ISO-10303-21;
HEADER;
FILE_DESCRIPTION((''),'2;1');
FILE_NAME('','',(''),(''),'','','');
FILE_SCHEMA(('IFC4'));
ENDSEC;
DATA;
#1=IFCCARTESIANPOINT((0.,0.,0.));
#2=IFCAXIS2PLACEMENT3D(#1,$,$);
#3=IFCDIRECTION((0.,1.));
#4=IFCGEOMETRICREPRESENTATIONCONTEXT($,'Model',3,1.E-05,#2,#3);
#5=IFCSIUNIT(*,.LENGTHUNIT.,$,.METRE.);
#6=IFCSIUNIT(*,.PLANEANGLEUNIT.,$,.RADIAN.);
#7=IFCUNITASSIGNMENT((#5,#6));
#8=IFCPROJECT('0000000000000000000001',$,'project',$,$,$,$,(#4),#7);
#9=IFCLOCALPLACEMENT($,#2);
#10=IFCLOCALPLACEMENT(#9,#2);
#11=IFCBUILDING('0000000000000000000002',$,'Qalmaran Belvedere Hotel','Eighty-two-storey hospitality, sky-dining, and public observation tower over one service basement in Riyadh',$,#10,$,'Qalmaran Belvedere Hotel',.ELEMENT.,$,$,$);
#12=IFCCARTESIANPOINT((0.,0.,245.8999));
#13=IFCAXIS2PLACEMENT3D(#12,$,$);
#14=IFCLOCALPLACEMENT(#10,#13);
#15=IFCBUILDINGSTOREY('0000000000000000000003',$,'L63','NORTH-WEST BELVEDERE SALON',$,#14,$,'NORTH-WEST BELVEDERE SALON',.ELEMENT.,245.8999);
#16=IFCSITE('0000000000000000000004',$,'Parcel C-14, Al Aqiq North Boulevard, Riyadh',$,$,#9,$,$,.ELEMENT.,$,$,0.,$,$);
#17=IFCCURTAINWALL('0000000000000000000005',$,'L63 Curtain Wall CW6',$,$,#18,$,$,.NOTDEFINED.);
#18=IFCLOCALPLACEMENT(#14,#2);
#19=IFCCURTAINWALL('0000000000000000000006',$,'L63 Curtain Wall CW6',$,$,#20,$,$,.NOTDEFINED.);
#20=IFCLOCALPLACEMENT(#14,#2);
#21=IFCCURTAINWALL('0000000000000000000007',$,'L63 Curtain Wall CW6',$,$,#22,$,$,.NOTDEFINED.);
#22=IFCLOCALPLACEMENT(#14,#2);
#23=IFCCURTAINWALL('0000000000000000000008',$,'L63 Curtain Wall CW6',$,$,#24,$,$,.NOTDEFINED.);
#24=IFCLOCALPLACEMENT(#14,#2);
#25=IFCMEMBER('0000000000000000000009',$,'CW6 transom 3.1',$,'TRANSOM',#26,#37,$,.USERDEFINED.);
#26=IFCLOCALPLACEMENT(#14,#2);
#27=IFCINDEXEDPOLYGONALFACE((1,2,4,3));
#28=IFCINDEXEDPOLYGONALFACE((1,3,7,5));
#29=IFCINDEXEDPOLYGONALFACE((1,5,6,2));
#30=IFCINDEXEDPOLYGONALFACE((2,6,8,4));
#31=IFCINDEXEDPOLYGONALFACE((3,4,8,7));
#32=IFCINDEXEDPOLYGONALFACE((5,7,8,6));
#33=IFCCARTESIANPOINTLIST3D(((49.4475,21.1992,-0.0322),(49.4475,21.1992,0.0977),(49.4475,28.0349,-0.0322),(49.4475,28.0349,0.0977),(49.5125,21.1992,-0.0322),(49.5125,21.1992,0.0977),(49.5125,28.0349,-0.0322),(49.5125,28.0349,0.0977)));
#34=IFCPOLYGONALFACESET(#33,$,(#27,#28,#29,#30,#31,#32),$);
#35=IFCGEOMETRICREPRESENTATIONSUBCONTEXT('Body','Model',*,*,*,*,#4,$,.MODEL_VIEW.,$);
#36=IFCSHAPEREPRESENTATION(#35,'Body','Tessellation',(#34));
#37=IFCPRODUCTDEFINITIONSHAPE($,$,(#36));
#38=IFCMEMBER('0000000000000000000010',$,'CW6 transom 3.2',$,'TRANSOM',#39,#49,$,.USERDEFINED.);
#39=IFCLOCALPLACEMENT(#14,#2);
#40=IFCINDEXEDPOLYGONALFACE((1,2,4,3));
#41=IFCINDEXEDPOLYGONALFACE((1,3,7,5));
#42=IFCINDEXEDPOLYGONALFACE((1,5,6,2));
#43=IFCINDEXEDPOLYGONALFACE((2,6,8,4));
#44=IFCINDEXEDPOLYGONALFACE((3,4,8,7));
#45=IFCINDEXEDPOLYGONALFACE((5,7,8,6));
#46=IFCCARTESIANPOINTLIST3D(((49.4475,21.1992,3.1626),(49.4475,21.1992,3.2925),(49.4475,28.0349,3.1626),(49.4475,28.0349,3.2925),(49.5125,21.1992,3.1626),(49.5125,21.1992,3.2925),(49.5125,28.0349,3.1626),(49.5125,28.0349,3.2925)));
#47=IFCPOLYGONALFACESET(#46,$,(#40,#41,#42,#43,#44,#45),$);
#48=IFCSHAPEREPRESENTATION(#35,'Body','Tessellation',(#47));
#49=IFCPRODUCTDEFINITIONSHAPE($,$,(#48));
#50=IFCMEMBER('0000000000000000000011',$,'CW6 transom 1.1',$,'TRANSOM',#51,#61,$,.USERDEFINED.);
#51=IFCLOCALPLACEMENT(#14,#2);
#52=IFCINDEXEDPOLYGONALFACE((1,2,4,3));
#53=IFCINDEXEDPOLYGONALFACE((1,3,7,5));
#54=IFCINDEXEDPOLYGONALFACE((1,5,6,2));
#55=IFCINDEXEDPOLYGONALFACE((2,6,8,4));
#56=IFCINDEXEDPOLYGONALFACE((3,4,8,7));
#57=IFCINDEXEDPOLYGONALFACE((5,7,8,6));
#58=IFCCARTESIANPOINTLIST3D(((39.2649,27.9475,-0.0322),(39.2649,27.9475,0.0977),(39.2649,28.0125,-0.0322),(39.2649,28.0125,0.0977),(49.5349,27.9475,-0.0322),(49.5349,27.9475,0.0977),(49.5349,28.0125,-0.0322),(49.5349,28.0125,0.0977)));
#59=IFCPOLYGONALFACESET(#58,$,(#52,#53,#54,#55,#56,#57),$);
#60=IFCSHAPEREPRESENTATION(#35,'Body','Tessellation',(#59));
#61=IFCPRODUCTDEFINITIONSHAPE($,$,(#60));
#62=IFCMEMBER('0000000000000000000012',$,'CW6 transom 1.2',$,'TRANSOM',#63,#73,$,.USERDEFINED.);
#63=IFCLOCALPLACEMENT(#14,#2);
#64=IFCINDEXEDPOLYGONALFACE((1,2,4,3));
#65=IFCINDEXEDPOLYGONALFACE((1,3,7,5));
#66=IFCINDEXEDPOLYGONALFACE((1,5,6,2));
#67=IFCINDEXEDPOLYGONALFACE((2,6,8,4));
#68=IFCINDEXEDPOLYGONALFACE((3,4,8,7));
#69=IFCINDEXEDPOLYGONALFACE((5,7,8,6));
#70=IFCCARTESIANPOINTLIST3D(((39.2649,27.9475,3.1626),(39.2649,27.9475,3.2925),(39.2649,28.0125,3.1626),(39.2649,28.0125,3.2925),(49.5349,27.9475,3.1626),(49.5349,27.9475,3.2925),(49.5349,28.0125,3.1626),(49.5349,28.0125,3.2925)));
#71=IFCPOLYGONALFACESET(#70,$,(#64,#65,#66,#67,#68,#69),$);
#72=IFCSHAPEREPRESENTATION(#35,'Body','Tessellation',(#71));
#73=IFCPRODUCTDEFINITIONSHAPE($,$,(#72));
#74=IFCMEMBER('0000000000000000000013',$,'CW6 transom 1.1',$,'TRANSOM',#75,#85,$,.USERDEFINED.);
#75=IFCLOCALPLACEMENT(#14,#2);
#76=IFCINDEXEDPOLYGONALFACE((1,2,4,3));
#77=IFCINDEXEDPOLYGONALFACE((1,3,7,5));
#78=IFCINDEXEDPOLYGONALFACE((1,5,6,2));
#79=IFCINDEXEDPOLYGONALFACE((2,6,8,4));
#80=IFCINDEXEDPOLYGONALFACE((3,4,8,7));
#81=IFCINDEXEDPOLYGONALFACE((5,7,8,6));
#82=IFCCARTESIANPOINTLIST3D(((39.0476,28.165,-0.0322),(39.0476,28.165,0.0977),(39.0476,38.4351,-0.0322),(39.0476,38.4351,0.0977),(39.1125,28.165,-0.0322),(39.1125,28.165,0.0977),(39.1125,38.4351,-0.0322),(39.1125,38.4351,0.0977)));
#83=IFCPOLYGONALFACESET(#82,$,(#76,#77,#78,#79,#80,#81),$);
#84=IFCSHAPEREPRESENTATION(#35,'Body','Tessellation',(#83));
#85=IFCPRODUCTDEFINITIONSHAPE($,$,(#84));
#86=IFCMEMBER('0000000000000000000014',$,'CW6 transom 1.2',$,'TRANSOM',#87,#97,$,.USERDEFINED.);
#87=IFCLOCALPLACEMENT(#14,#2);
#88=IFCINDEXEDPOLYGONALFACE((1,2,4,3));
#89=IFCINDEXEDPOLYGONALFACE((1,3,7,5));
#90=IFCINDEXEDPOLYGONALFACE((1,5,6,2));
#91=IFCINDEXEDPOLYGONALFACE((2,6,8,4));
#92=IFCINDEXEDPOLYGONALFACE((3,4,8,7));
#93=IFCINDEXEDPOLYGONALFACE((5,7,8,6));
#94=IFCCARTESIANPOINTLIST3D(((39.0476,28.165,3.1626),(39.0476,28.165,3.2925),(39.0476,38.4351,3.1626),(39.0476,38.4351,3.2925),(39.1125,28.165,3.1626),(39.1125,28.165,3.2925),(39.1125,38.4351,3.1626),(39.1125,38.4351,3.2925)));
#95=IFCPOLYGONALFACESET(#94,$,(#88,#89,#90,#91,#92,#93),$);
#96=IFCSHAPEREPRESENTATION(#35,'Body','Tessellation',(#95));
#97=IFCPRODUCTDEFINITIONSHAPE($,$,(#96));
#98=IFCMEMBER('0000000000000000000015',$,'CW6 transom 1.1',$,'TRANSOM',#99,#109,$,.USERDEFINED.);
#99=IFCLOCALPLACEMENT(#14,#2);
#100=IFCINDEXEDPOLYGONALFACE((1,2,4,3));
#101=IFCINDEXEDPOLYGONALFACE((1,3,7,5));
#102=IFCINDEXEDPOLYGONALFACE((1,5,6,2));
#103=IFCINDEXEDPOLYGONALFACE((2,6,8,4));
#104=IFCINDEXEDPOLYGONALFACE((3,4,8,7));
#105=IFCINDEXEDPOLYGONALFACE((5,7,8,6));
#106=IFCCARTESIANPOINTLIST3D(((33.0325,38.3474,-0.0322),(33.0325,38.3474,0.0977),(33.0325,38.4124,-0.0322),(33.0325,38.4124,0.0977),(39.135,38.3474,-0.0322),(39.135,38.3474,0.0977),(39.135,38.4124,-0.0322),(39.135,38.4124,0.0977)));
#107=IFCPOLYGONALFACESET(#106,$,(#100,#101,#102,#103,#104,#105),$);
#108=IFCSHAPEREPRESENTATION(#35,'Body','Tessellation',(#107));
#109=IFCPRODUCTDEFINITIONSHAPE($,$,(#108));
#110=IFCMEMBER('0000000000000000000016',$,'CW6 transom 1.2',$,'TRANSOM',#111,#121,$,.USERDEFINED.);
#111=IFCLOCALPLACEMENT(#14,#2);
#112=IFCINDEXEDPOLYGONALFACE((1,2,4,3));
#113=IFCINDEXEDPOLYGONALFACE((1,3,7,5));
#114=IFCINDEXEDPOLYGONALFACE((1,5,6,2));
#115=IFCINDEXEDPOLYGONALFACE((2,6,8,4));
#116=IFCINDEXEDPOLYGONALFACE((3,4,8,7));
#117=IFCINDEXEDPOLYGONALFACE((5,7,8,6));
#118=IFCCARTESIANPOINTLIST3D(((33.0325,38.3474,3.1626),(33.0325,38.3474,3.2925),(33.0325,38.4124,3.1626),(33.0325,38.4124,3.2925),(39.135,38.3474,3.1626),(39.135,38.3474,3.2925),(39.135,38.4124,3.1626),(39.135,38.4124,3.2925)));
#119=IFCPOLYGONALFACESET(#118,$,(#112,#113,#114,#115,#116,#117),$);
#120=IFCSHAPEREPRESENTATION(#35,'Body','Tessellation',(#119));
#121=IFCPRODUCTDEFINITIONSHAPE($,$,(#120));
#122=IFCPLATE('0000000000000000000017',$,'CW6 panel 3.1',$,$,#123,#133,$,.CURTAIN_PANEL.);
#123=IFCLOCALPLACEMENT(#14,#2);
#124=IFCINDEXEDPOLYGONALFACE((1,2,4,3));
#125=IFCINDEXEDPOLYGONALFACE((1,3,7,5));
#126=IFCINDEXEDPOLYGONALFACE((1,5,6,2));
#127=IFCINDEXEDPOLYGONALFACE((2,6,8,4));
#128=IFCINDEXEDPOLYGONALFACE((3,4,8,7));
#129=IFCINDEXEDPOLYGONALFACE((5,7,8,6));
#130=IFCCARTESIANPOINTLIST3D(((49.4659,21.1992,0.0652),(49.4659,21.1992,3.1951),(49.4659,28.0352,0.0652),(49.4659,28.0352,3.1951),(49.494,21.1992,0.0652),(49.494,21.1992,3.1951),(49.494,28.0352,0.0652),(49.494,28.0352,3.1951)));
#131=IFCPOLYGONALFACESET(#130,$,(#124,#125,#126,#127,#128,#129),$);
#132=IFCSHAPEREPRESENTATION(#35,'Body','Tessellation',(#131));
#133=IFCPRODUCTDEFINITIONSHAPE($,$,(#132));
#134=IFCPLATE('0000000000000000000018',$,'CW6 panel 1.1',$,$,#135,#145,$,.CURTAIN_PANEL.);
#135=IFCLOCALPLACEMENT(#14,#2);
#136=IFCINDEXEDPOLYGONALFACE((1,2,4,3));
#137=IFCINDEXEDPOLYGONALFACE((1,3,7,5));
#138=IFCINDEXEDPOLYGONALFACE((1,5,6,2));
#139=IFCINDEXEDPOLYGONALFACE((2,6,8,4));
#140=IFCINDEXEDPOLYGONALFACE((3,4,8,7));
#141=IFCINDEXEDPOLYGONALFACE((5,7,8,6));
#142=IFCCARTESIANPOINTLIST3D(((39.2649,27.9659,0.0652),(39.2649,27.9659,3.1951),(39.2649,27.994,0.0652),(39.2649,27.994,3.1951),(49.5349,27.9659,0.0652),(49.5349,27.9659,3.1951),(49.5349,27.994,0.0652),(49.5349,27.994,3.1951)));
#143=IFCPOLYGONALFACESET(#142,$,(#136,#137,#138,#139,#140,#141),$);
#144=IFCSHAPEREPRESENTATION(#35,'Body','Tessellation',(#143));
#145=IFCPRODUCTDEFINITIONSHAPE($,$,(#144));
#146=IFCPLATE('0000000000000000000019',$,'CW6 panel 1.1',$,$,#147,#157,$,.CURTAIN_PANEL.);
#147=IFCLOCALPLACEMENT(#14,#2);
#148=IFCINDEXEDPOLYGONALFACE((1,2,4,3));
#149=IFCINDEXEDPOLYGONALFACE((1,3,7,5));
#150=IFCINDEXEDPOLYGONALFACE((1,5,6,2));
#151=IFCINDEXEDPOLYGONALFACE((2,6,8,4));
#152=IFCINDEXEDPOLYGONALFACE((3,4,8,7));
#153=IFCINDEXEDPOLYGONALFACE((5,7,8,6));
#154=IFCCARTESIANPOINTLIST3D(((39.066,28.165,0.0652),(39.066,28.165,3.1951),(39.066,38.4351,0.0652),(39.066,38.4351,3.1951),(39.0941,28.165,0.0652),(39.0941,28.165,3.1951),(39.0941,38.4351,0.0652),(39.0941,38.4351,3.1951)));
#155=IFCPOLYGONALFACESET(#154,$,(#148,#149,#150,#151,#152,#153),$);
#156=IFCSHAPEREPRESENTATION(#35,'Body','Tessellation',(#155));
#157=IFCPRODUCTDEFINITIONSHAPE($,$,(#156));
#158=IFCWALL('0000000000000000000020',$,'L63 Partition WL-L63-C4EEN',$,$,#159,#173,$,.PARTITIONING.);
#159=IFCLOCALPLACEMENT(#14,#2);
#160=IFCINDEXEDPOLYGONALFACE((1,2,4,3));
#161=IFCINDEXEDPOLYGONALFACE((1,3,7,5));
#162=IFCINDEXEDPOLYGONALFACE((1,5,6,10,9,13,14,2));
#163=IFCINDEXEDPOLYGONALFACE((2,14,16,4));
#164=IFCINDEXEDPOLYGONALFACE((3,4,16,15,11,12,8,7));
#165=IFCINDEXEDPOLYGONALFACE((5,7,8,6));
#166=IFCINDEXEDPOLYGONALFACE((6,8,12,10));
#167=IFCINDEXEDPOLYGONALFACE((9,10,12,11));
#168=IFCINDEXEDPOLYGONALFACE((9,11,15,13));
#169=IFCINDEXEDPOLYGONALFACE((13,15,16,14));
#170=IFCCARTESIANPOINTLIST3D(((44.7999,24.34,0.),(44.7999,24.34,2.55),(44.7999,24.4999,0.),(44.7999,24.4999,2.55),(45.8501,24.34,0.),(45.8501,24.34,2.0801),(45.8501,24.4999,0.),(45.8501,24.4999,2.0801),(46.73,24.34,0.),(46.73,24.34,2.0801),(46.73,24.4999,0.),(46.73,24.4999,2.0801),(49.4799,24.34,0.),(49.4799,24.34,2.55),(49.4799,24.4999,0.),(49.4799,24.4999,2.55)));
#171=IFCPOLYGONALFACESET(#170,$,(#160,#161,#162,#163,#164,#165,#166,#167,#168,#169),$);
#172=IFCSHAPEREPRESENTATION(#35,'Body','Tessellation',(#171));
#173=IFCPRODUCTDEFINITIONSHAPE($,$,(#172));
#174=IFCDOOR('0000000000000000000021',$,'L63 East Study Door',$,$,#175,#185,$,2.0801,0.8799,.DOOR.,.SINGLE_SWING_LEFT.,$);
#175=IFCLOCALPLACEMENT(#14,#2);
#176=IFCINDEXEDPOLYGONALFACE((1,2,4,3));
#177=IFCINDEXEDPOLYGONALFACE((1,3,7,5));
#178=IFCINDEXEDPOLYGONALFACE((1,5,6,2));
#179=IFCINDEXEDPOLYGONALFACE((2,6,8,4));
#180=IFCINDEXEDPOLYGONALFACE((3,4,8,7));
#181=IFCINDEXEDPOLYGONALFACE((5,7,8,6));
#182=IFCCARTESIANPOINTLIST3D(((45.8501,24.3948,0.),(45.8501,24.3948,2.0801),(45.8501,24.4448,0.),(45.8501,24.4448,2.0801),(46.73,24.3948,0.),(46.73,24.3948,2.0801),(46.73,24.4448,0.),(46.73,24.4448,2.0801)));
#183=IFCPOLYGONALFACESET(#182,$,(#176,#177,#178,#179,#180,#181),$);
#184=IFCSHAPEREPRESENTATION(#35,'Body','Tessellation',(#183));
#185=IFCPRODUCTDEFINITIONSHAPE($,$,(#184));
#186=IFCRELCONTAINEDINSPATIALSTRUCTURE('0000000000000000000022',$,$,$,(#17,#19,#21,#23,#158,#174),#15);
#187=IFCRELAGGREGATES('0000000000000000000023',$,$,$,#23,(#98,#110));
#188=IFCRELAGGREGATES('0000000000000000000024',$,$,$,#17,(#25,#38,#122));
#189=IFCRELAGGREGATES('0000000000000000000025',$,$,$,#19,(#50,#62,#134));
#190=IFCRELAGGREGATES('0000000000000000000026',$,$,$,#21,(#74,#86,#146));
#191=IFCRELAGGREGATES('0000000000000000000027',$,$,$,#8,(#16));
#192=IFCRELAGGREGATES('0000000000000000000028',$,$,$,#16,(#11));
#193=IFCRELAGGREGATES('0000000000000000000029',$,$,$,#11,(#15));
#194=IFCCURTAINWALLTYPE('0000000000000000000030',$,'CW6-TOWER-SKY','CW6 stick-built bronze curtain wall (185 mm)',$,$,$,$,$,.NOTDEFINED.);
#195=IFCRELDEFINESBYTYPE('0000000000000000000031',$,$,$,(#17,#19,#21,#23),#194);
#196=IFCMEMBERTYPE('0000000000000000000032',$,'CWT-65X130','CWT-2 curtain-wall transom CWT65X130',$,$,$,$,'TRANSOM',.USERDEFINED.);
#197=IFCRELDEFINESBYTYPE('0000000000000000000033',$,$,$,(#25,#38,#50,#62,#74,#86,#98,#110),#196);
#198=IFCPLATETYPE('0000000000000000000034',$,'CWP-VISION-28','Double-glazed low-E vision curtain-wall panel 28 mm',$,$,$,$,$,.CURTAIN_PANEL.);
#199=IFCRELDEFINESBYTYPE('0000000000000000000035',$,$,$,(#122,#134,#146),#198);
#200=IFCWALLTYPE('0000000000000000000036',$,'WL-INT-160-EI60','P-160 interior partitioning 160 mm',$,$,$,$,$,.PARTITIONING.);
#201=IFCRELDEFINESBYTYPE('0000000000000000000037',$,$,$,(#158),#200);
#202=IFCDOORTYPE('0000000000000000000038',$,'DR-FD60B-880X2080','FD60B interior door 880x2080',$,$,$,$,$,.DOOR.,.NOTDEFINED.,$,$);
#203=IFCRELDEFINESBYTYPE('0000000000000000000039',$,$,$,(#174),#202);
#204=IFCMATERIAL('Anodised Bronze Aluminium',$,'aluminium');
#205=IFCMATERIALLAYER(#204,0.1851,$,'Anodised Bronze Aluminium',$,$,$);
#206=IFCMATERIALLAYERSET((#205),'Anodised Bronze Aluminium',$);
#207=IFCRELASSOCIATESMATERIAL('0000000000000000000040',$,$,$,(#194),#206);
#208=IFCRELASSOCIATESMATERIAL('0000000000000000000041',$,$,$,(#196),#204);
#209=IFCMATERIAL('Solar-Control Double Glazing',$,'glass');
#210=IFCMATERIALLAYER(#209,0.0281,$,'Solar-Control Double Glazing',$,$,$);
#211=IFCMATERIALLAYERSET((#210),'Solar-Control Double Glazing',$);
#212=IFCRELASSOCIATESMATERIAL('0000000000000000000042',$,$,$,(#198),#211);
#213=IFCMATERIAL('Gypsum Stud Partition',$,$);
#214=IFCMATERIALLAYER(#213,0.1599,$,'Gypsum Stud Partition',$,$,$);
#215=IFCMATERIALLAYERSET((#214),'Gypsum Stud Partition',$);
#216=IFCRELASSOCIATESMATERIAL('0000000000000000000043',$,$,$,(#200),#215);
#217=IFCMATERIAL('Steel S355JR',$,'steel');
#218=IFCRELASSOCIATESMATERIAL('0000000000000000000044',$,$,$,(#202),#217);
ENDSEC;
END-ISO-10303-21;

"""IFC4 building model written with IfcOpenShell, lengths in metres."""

from ifc_helpers import new_model, si_unit, direction, frame, frame_2d, origin, origin_2d, place, context, subcontext, project, spatial, rectangle, extrude, material, layer, layer_set, material_profile, profile_set, type_object, element, fill, aggregate, save


model = new_model("IFC4")

# Units and contexts
model_context = context("Model", 3, precision=1e-05, world=origin(), true_north=direction((0.0, 1.0)))
body_context = subcontext(model_context, "Body", "Model", "MODEL_VIEW")
ifc_project = project(units=[si_unit("LENGTHUNIT", "METRE"), si_unit("PLANEANGLEUNIT", "RADIAN")], contexts=[model_context])

# Site, building, storey
site_placement = place(None, origin())
site = spatial("IfcSite", under=ifc_project, at=site_placement, Name="Parcel C-14, Al Aqiq North Boulevard, Riyadh", CompositionType="ELEMENT", RefElevation=0.0)
building_placement = place(site_placement, origin())
building = spatial("IfcBuilding", under=site, at=building_placement, Name="Qalmaran Belvedere Hotel", Description="Eighty-two-storey hospitality, sky-dining, and public observation tower over one service basement in Riyadh", LongName="Qalmaran Belvedere Hotel", CompositionType="ELEMENT")
storey_placement = place(building_placement, frame((0.0, 0.0, 245.8999)))
storey = spatial("IfcBuildingStorey", under=building, at=storey_placement, Name="L63", Description="NORTH-WEST BELVEDERE SALON", LongName="NORTH-WEST BELVEDERE SALON", CompositionType="ELEMENT", Elevation=245.8999)

# Shared definitions
ifc_material_1 = material(Name="Steel S355JR", Category="steel")

# Curtain walls
ifc_material_2 = material(Name="Anodised Bronze Aluminium", Category="aluminium")
ifc_layer_1 = layer(ifc_material_2, 0.1851, Name="Anodised Bronze Aluminium")
ifc_layer_set_1 = layer_set([ifc_layer_1], Name="Anodised Bronze Aluminium")
curtain_wall_type = type_object("IfcCurtainWallType", Name="CW6-TOWER-SKY", Description="CW6 stick-built bronze curtain wall (185 mm)", PredefinedType="NOTDEFINED", material=ifc_layer_set_1)
curtain_wall_1_placement = place(storey_placement, origin())
curtain_wall_1 = element("IfcCurtainWall", 1, at=curtain_wall_1_placement, inside=storey, type_object=curtain_wall_type, Name="L63 Curtain Wall CW6", PredefinedType="NOTDEFINED")
curtain_wall_2_placement = place(storey_placement, origin())
curtain_wall_2 = element("IfcCurtainWall", 2, at=curtain_wall_2_placement, inside=storey, type_object=curtain_wall_type, Name="L63 Curtain Wall CW6", PredefinedType="NOTDEFINED")
curtain_wall_3_placement = place(storey_placement, origin())
curtain_wall_3 = element("IfcCurtainWall", 3, at=curtain_wall_3_placement, inside=storey, type_object=curtain_wall_type, Name="L63 Curtain Wall CW6", PredefinedType="NOTDEFINED")

# Curtain wall
curtain_wall_4_placement = place(storey_placement, origin())
curtain_wall_4 = element("IfcCurtainWall", 4, at=curtain_wall_4_placement, inside=storey, type_object=curtain_wall_type, Name="L63 Curtain Wall CW6", PredefinedType="NOTDEFINED")

# Members
ifc_material_profile_1 = material_profile(ifc_material_2, rectangle(XDim=0.0649, YDim=0.1299, at=origin_2d()), Name="CWT65X130")
ifc_profile_set_1 = profile_set([ifc_material_profile_1], Name="Anodised Bronze Aluminium")
member_type_1 = type_object("IfcMemberType", Name="CWT-65X130", Description="CWT-2 curtain-wall transom CWT65X130", ElementType="TRANSOM", PredefinedType="USERDEFINED", material=ifc_profile_set_1)
member_1_placement = place(storey_placement, frame((49.48, 21.1992, 0.0327), z_axis=(0.0, 1.0, 0.0), x_axis=(-1.0, 0.0, 0.0)))
member_1 = element("IfcMember", 5, at=member_1_placement, type_object=member_type_1, Name="CW6 transom 3.1", ObjectType="TRANSOM", PredefinedType="USERDEFINED", context=body_context, shape_type="SweptSolid", body=[
    extrude(rectangle(XDim=0.0649, YDim=0.1299, at=origin_2d()), origin(), (0.0, 0.0, 1.0), 6.8357),
])
member_2_placement = place(storey_placement, frame((49.48, 21.1992, 3.2275), z_axis=(0.0, 1.0, 0.0), x_axis=(-1.0, 0.0, 0.0)))
member_2 = element("IfcMember", 6, at=member_2_placement, type_object=member_type_1, Name="CW6 transom 3.2", ObjectType="TRANSOM", PredefinedType="USERDEFINED", context=body_context, shape_type="SweptSolid", body=[
    extrude(rectangle(XDim=0.0649, YDim=0.1299, at=origin_2d()), origin(), (0.0, 0.0, 1.0), 6.8357),
])
member_3_placement = place(storey_placement, frame((49.5349, 27.98, 0.0327), z_axis=(-1.0, 0.0, 0.0), x_axis=(0.0, -1.0, 0.0)))
member_3 = element("IfcMember", 7, at=member_3_placement, type_object=member_type_1, Name="CW6 transom 1.1", ObjectType="TRANSOM", PredefinedType="USERDEFINED", context=body_context, shape_type="SweptSolid", body=[
    extrude(rectangle(XDim=0.0649, YDim=0.1299, at=origin_2d()), origin(), (0.0, 0.0, 1.0), 10.27),
])
member_4_placement = place(storey_placement, frame((49.5349, 27.98, 3.2275), z_axis=(-1.0, 0.0, 0.0), x_axis=(0.0, -1.0, 0.0)))
member_4 = element("IfcMember", 8, at=member_4_placement, type_object=member_type_1, Name="CW6 transom 1.2", ObjectType="TRANSOM", PredefinedType="USERDEFINED", context=body_context, shape_type="SweptSolid", body=[
    extrude(rectangle(XDim=0.0649, YDim=0.1299, at=origin_2d()), origin(), (0.0, 0.0, 1.0), 10.27),
])
member_5_placement = place(storey_placement, frame((39.0801, 28.165, 0.0327), z_axis=(0.0, 1.0, 0.0), x_axis=(-1.0, 0.0, 0.0)))
member_5 = element("IfcMember", 9, at=member_5_placement, type_object=member_type_1, Name="CW6 transom 1.1", ObjectType="TRANSOM", PredefinedType="USERDEFINED", context=body_context, shape_type="SweptSolid", body=[
    extrude(rectangle(XDim=0.0649, YDim=0.1299, at=origin_2d()), origin(), (0.0, 0.0, 1.0), 10.27),
])
member_6_placement = place(storey_placement, frame((39.0801, 28.165, 3.2275), z_axis=(0.0, 1.0, 0.0), x_axis=(-1.0, 0.0, 0.0)))
member_6 = element("IfcMember", 10, at=member_6_placement, type_object=member_type_1, Name="CW6 transom 1.2", ObjectType="TRANSOM", PredefinedType="USERDEFINED", context=body_context, shape_type="SweptSolid", body=[
    extrude(rectangle(XDim=0.0649, YDim=0.1299, at=origin_2d()), origin(), (0.0, 0.0, 1.0), 10.27),
])
member_7_placement = place(storey_placement, frame((39.135, 38.3799, 0.0327), z_axis=(-1.0, 0.0, 0.0), x_axis=(0.0, -1.0, 0.0)))
member_7 = element("IfcMember", 11, at=member_7_placement, type_object=member_type_1, Name="CW6 transom 1.1", ObjectType="TRANSOM", PredefinedType="USERDEFINED", context=body_context, shape_type="SweptSolid", body=[
    extrude(rectangle(XDim=0.0649, YDim=0.1299, at=origin_2d()), origin(), (0.0, 0.0, 1.0), 6.1025),
])
member_8_placement = place(storey_placement, frame((39.135, 38.3799, 3.2275), z_axis=(-1.0, 0.0, 0.0), x_axis=(0.0, -1.0, 0.0)))
member_8 = element("IfcMember", 12, at=member_8_placement, type_object=member_type_1, Name="CW6 transom 1.2", ObjectType="TRANSOM", PredefinedType="USERDEFINED", context=body_context, shape_type="SweptSolid", body=[
    extrude(rectangle(XDim=0.0649, YDim=0.1299, at=origin_2d()), origin(), (0.0, 0.0, 1.0), 6.1025),
])
aggregate(curtain_wall_4, [member_7, member_8])

# Plates
ifc_material_3 = material(Name="Solar-Control Double Glazing", Category="glass")
ifc_layer_2 = layer(ifc_material_3, 0.0281, Name="Solar-Control Double Glazing")
ifc_layer_set_2 = layer_set([ifc_layer_2], Name="Solar-Control Double Glazing")
plate_type = type_object("IfcPlateType", Name="CWP-VISION-28", Description="Double-glazed low-E vision curtain-wall panel 28 mm", PredefinedType="CURTAIN_PANEL", material=ifc_layer_set_2)
plate_1_placement = place(storey_placement, frame((49.48, 24.6172, 0.0652), z_axis=(0.0, 0.0, 1.0), x_axis=(0.0, 1.0, 0.0)))
plate_1 = element("IfcPlate", 13, at=plate_1_placement, type_object=plate_type, Name="CW6 panel 3.1", PredefinedType="CURTAIN_PANEL", context=body_context, shape_type="SweptSolid", body=[
    extrude(rectangle(XDim=6.8359, YDim=0.0281, at=origin_2d()), origin(), (0.0, 0.0, 1.0), 3.1299),
])
aggregate(curtain_wall_1, [member_1, member_2, plate_1])
plate_2_placement = place(storey_placement, frame((44.3999, 27.98, 0.0652), z_axis=(0.0, 0.0, 1.0), x_axis=(-1.0, 0.0, 0.0)))
plate_2 = element("IfcPlate", 14, at=plate_2_placement, type_object=plate_type, Name="CW6 panel 1.1", PredefinedType="CURTAIN_PANEL", context=body_context, shape_type="SweptSolid", body=[
    extrude(rectangle(XDim=10.27, YDim=0.0281, at=origin_2d()), origin(), (0.0, 0.0, 1.0), 3.1299),
])
aggregate(curtain_wall_2, [member_3, member_4, plate_2])
plate_3_placement = place(storey_placement, frame((39.0801, 33.3, 0.0652), z_axis=(0.0, 0.0, 1.0), x_axis=(0.0, 1.0, 0.0)))
plate_3 = element("IfcPlate", 15, at=plate_3_placement, type_object=plate_type, Name="CW6 panel 1.1", PredefinedType="CURTAIN_PANEL", context=body_context, shape_type="SweptSolid", body=[
    extrude(rectangle(XDim=10.27, YDim=0.0281, at=origin_2d()), origin(), (0.0, 0.0, 1.0), 3.1299),
])
aggregate(curtain_wall_3, [member_5, member_6, plate_3])

# Wall, opening, door
ifc_material_4 = material(Name="Gypsum Stud Partition")
ifc_layer_3 = layer(ifc_material_4, 0.1599, Name="Gypsum Stud Partition")
ifc_layer_set_3 = layer_set([ifc_layer_3], Name="Gypsum Stud Partition")
wall_type_1 = type_object("IfcWallType", Name="WL-INT-160-EI60", Description="P-160 interior partitioning 160 mm", PredefinedType="PARTITIONING", material=ifc_layer_set_3)
wall_1_placement = place(storey_placement, frame((44.8, 24.4199, 0.0), z_axis=(0.0, 0.0, 1.0), x_axis=(1.0, 0.0, 0.0)))
wall_1 = element("IfcWall", 16, at=wall_1_placement, inside=storey, type_object=wall_type_1, Name="L63 Partition WL-L63-C4EEN", PredefinedType="PARTITIONING", context=body_context, shape_type="SweptSolid", body=[
    extrude(rectangle(XDim=4.6799, YDim=0.1599, at=frame_2d((2.3398, 0.0))), origin(), (0.0, 0.0, 1.0), 2.55),
])
opening_1_placement = place(wall_1_placement, frame((1.05, 0.0, 0.0)))
opening_1 = element("IfcOpeningElement", 17, at=opening_1_placement, cuts=wall_1, PredefinedType="OPENING", context=body_context, shape_type="SweptSolid", body=[
    extrude(rectangle(XDim=0.8799, YDim=2.0801, at=frame_2d((0.4399, 1.04))), frame((0.0, 0.0898, 0.0), z_axis=(0.0, -1.0, 0.0), x_axis=(1.0, 0.0, 0.0)), (0.0, 0.0, 1.0), 0.1799),
])
door_type_1 = type_object("IfcDoorType", Name="DR-FD60B-880X2080", Description="FD60B interior door 880x2080", OperationType="NOTDEFINED", PredefinedType="DOOR", material=ifc_material_1)
door_1_placement = place(opening_1_placement, origin())
door_1 = element("IfcDoor", 18, at=door_1_placement, inside=storey, type_object=door_type_1, Name="L63 East Study Door", OperationType="SINGLE_SWING_LEFT", OverallHeight=2.0801, OverallWidth=0.8799, PredefinedType="DOOR", context=body_context, shape_type="SweptSolid", body=[
    extrude(rectangle(XDim=0.8799, YDim=2.0801, at=frame_2d((0.4399, 1.04))), frame((0.0, 0.0249, 0.0), z_axis=(0.0, -1.0, 0.0), x_axis=(1.0, 0.0, 0.0)), (0.0, 0.0, 1.0), 0.05),
])
fill(opening_1, door_1)

save(model, "model.ifc")
